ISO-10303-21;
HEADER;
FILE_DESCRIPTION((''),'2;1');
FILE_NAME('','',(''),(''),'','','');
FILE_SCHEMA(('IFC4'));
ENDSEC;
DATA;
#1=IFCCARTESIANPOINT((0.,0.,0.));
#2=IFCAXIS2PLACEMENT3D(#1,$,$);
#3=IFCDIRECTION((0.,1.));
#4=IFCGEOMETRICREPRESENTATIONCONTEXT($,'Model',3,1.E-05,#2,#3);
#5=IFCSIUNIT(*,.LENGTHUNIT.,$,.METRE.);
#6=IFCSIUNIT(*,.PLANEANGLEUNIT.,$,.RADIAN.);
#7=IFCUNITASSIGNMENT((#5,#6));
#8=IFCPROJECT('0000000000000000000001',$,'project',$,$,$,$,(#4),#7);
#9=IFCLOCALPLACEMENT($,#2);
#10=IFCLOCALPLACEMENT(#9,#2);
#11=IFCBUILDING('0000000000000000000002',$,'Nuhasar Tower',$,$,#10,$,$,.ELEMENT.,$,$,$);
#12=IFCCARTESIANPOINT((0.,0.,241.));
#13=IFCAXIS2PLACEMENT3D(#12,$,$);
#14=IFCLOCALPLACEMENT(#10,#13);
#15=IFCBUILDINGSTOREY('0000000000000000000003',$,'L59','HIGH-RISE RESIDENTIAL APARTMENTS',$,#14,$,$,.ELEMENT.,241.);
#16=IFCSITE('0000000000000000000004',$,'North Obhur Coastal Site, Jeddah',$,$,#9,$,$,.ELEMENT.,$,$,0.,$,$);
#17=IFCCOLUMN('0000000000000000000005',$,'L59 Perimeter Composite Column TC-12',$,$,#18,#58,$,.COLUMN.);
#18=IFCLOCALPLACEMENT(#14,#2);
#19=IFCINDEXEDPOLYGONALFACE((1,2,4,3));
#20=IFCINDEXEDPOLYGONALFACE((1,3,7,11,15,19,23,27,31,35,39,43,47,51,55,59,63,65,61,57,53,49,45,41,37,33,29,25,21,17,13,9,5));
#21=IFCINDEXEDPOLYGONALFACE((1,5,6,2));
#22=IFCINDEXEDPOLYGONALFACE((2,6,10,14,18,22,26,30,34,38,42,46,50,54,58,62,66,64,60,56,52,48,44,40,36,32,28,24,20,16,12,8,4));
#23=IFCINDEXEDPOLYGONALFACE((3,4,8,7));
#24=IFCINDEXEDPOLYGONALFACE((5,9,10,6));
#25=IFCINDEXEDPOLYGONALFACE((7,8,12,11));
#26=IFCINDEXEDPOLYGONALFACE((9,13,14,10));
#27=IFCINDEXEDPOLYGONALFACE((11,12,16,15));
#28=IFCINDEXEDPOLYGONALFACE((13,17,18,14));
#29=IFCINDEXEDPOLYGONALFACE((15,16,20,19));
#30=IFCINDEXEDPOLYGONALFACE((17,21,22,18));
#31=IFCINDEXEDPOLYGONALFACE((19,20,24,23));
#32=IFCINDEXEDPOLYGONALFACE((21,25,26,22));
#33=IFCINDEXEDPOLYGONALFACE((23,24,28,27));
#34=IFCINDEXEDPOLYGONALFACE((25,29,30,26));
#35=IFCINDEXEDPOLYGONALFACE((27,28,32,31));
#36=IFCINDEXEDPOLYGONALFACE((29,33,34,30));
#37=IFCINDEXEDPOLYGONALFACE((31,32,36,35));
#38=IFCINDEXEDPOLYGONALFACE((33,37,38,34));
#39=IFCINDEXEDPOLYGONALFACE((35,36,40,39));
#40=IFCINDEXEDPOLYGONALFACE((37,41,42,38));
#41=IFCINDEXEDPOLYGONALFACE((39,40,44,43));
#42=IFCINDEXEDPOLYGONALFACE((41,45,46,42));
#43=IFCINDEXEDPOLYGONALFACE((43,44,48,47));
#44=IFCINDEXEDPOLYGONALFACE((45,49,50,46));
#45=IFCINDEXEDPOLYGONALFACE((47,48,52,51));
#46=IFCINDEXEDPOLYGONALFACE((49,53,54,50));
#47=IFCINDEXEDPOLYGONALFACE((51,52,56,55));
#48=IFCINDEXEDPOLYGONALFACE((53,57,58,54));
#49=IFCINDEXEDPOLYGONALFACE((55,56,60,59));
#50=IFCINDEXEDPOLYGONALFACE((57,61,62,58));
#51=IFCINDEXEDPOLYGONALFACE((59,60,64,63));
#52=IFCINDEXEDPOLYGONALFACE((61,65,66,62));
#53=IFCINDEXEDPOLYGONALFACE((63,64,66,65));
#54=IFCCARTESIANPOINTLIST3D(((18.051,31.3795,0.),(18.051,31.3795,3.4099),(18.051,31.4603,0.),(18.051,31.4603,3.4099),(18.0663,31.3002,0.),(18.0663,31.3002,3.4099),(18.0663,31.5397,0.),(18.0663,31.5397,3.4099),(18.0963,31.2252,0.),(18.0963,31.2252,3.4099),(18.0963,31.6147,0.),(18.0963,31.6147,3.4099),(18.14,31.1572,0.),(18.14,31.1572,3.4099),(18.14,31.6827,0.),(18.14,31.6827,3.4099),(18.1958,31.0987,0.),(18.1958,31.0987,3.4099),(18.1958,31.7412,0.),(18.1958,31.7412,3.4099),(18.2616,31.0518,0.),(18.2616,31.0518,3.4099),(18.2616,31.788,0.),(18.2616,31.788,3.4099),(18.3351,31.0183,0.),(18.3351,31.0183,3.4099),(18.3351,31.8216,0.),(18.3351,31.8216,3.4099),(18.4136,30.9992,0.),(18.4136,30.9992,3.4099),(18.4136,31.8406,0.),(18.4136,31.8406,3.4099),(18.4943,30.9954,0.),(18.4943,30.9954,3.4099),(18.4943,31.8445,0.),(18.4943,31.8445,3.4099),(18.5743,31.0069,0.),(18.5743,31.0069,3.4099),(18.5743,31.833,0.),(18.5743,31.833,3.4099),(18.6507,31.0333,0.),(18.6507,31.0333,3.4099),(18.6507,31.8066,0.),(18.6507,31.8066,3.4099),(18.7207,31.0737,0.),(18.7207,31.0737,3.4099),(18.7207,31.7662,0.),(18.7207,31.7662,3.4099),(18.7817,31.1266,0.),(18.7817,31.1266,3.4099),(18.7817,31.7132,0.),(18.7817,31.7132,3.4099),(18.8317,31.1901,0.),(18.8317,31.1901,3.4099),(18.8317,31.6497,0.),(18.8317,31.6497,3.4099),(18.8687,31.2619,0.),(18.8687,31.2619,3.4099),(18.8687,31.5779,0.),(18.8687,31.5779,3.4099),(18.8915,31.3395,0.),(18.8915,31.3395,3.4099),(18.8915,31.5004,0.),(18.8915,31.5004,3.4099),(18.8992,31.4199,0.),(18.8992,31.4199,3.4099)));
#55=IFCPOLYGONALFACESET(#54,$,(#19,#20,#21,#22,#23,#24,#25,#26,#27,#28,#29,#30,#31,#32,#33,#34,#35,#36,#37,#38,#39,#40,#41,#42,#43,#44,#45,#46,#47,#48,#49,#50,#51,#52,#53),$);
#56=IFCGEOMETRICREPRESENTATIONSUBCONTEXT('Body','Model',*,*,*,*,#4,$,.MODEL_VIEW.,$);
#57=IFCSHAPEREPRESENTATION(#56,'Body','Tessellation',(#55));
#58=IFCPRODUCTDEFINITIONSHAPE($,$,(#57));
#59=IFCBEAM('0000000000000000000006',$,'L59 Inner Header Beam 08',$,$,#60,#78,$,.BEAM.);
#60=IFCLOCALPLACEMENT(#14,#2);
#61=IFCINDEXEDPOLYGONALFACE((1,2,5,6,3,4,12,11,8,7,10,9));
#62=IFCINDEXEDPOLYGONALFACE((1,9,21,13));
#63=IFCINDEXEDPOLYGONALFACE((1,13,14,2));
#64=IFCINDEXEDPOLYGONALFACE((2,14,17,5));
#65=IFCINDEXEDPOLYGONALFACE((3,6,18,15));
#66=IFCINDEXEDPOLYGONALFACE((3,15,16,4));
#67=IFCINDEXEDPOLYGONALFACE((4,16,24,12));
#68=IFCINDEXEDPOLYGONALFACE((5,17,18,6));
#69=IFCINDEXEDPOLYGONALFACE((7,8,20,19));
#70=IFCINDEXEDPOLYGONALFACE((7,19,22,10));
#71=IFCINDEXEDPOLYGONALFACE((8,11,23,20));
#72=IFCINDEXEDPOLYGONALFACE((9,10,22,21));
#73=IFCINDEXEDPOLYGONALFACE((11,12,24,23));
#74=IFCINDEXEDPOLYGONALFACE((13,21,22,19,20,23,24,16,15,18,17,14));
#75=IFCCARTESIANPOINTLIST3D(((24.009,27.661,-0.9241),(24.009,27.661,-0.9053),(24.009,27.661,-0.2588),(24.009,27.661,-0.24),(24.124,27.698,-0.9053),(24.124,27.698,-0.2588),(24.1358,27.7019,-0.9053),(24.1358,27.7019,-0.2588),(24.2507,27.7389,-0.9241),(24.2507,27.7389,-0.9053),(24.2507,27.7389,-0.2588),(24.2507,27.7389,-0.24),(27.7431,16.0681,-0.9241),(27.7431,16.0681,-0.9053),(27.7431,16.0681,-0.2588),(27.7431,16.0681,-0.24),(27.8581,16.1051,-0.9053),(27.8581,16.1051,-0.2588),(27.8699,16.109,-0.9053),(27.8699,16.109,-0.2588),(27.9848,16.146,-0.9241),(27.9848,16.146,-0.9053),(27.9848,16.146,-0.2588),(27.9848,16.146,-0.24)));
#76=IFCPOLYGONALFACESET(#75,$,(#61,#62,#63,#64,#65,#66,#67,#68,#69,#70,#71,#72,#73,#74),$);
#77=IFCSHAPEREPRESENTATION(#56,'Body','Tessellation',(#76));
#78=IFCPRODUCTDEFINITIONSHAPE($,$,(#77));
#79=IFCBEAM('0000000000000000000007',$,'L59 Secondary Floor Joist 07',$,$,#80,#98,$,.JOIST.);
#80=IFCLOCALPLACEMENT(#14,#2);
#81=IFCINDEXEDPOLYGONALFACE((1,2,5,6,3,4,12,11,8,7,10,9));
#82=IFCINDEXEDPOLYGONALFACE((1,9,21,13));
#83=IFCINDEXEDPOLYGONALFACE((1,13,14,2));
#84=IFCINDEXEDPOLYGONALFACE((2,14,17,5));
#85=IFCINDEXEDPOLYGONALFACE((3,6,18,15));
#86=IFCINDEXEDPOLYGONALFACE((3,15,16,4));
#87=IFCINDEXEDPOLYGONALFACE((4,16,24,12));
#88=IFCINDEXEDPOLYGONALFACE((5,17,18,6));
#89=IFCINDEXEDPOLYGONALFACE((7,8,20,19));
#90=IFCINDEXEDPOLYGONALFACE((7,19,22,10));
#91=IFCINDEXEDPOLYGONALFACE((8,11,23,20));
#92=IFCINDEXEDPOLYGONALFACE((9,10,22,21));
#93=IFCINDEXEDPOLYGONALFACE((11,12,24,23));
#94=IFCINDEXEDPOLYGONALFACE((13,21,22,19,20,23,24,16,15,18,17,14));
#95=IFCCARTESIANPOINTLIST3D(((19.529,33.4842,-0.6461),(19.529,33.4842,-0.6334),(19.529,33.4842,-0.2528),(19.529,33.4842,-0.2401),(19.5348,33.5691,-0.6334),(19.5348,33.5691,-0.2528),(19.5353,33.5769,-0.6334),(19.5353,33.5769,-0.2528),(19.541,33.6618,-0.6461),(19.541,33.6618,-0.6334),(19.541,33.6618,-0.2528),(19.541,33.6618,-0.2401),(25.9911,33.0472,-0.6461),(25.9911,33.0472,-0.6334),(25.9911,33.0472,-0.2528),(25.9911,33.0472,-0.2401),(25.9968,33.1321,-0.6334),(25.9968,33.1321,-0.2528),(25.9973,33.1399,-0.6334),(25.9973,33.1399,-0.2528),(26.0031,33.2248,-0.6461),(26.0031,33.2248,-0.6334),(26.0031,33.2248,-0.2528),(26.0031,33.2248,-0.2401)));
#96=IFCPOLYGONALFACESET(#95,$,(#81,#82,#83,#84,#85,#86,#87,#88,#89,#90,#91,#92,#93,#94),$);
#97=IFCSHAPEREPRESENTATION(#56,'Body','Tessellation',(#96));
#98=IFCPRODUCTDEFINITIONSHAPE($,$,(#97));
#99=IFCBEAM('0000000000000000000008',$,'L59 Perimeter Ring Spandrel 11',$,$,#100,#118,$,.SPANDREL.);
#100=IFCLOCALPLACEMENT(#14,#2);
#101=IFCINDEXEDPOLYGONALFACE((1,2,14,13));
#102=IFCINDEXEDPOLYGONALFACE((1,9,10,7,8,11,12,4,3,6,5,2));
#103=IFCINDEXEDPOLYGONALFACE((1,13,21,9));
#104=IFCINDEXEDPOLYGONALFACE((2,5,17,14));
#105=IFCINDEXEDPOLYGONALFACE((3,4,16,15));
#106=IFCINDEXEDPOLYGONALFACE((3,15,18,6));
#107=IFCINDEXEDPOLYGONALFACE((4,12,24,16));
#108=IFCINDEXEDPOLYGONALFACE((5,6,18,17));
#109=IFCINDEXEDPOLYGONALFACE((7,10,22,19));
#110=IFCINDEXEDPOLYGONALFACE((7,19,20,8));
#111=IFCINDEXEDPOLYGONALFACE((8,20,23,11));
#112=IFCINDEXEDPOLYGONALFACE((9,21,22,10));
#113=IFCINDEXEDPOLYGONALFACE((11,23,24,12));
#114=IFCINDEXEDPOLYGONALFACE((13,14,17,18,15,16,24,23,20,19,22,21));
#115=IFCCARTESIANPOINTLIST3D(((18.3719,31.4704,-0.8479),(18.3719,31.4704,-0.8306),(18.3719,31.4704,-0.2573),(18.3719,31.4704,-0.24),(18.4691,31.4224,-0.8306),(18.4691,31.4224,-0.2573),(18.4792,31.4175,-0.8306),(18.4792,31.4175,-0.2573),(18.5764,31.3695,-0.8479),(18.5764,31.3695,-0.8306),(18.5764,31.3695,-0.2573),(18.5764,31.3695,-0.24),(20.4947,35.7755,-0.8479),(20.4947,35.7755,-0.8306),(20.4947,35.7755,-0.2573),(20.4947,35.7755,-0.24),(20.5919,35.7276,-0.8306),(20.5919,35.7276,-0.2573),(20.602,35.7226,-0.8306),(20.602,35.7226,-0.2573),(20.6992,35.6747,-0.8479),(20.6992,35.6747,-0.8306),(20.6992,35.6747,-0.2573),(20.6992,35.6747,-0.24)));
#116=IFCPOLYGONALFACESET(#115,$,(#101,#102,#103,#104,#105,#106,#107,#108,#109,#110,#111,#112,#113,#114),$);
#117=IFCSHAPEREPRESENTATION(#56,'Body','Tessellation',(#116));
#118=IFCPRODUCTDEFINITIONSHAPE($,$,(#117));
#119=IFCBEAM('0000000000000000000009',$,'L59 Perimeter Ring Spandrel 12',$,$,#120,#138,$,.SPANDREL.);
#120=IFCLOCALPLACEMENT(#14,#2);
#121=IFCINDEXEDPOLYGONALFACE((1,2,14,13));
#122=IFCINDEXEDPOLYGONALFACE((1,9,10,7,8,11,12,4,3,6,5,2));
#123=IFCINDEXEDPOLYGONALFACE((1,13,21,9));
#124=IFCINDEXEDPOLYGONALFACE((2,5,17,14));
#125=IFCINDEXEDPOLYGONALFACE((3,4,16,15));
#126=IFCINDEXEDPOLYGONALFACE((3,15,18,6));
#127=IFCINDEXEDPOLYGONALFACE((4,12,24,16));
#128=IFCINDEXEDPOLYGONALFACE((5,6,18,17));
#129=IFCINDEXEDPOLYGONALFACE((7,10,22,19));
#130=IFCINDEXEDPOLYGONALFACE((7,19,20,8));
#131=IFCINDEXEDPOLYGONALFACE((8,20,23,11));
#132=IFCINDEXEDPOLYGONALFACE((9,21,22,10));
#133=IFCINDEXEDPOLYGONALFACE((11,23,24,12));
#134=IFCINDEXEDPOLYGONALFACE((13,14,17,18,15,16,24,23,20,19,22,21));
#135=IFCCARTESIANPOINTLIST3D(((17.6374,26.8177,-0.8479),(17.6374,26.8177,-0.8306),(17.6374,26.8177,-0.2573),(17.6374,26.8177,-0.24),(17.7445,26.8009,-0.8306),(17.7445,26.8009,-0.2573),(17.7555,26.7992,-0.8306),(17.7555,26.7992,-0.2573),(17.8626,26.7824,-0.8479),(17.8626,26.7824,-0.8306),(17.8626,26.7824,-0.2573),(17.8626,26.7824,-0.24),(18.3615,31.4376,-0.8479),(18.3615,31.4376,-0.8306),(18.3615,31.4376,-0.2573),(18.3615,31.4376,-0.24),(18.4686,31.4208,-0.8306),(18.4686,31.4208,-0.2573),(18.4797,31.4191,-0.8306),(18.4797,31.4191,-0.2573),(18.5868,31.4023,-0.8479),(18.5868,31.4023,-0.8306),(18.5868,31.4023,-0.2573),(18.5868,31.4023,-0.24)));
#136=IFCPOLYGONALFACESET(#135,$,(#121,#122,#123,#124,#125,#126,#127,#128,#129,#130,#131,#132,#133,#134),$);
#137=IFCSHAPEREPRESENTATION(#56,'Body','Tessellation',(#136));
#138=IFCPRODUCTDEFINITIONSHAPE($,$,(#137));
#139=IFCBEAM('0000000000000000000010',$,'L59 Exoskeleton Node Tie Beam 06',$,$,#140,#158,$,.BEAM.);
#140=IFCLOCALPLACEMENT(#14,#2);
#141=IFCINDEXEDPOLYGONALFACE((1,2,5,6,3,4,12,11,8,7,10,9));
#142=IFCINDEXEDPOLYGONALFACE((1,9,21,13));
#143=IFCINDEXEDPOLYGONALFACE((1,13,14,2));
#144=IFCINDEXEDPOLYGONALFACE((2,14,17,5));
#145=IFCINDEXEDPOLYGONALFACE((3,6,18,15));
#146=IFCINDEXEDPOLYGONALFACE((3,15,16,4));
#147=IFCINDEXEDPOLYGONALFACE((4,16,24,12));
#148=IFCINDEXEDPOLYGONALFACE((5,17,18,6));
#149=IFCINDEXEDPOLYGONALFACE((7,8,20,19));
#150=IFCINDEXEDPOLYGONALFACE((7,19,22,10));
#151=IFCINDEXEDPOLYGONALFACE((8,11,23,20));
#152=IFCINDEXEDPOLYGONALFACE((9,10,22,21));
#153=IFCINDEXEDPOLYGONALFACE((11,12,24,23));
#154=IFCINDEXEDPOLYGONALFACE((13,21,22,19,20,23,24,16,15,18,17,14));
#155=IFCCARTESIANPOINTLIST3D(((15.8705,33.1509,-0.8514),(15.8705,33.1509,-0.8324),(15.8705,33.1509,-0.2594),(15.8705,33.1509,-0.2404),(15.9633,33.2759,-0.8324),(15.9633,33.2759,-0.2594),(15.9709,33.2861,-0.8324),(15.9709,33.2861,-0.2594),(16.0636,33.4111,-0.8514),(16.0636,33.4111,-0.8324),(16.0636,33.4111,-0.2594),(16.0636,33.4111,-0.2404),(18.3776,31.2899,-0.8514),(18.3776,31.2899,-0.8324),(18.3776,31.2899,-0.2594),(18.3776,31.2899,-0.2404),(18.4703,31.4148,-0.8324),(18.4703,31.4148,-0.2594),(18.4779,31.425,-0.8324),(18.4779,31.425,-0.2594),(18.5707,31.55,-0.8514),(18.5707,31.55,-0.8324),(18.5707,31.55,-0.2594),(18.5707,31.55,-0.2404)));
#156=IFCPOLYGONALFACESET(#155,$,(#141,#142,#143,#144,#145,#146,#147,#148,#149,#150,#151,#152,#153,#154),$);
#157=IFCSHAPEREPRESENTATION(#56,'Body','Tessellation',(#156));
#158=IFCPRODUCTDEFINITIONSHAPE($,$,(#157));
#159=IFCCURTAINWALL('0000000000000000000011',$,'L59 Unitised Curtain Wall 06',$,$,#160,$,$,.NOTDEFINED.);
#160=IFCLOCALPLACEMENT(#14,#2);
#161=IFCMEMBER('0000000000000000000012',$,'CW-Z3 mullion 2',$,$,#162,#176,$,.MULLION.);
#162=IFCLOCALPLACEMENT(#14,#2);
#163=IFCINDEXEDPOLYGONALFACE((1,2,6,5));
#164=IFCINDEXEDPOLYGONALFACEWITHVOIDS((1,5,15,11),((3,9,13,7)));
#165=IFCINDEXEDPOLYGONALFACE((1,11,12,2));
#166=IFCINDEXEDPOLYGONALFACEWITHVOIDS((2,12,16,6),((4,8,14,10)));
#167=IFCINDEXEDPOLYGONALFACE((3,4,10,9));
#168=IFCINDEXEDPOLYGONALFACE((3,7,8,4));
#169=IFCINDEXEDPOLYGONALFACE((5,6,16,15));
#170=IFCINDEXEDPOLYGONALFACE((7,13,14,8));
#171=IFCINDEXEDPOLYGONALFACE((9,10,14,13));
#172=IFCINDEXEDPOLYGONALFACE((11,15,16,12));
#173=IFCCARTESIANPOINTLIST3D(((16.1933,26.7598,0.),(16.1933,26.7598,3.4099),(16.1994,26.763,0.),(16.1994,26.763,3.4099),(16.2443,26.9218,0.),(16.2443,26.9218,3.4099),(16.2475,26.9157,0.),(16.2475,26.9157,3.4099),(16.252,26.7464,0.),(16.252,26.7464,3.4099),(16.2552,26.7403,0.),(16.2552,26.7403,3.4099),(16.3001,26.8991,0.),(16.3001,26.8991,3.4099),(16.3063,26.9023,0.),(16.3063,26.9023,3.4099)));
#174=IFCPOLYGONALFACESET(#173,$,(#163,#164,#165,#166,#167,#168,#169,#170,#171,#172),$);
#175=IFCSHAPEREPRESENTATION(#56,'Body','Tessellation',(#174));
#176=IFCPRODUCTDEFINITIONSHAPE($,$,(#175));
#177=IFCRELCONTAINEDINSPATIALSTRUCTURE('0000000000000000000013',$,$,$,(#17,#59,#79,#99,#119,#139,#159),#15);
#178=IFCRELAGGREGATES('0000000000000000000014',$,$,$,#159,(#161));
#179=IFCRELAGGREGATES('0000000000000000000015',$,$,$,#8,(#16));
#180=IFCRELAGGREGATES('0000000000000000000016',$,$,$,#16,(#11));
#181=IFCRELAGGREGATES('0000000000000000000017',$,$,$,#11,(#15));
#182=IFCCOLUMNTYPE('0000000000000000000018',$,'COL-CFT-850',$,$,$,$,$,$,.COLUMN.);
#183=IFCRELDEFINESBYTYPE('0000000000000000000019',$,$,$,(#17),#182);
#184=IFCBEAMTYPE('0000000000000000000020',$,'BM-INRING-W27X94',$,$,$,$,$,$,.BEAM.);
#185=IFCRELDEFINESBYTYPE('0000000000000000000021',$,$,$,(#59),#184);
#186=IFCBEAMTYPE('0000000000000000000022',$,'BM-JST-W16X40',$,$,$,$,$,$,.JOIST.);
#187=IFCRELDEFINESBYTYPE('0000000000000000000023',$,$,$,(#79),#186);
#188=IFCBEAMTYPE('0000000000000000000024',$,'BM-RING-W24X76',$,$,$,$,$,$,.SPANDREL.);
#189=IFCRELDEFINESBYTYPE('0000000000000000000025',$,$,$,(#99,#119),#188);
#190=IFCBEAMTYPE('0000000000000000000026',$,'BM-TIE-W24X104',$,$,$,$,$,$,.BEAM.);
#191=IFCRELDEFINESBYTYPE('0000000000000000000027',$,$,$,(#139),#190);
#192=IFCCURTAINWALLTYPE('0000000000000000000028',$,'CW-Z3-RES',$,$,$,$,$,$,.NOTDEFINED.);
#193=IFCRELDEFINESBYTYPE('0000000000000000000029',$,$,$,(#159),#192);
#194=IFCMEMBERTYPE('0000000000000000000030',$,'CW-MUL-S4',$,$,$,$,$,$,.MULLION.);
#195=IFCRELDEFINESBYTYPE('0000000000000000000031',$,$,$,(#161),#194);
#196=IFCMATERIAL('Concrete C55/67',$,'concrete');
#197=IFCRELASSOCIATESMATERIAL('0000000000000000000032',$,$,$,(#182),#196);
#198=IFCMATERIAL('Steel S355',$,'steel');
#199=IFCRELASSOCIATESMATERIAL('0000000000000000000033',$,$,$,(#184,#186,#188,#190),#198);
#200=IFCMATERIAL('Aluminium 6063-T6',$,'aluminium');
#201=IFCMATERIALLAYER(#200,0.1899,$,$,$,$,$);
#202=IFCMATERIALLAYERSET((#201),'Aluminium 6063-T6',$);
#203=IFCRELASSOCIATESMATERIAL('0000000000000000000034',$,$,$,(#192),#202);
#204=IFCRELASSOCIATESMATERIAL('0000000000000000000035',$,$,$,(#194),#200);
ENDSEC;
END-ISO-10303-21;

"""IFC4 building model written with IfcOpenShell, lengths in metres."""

from ifc_helpers import new_model, si_unit, direction, frame, origin, origin_2d, place, context, subcontext, project, spatial, hollow_rectangle, circle, i_section, extrude, material, layer, layer_set, material_profile, profile_set, type_object, element, aggregate, save


model = new_model("IFC4")

# Units and contexts
model_context = context("Model", 3, precision=1e-05, world=origin(), true_north=direction((0.0, 1.0)))
body_context = subcontext(model_context, "Body", "Model", "MODEL_VIEW")
ifc_project = project(units=[si_unit("LENGTHUNIT", "METRE"), si_unit("PLANEANGLEUNIT", "RADIAN")], contexts=[model_context])

# Site, building, storey
site_placement = place(None, origin())
site = spatial("IfcSite", under=ifc_project, at=site_placement, Name="North Obhur Coastal Site, Jeddah", CompositionType="ELEMENT", RefElevation=0.0)
building_placement = place(site_placement, origin())
building = spatial("IfcBuilding", under=site, at=building_placement, Name="Nuhasar Tower", CompositionType="ELEMENT")
storey_placement = place(building_placement, frame((0.0, 0.0, 241.0)))
storey = spatial("IfcBuildingStorey", under=building, at=storey_placement, Name="L59", Description="HIGH-RISE RESIDENTIAL APARTMENTS", CompositionType="ELEMENT", Elevation=241.0)

# Column
ifc_material_1 = material(Name="Concrete C55/67", Category="concrete")
ifc_material_profile_1 = material_profile(ifc_material_1, circle(Radius=0.425, at=origin_2d()), Name="CFT850")
ifc_profile_set_1 = profile_set([ifc_material_profile_1], Name="Concrete C55/67")
column_type = type_object("IfcColumnType", Name="COL-CFT-850", PredefinedType="COLUMN", material=ifc_profile_set_1)
column_placement = place(storey_placement, frame((18.4741, 31.4199, 0.0), z_axis=(0.0, 0.0, 1.0), x_axis=(1.0, 0.0, 0.0)))
element("IfcColumn", 1, at=column_placement, inside=storey, type_object=column_type, Name="L59 Perimeter Composite Column TC-12", PredefinedType="COLUMN", context=body_context, shape_type="SweptSolid", body=[
    extrude(circle(Radius=0.425, at=origin_2d()), origin(), (0.0, 0.0, 1.0), 3.4099),
])

# Beams
ifc_material_2 = material(Name="Steel S355", Category="steel")
ifc_material_profile_2 = material_profile(ifc_material_2, i_section(OverallWidth=0.2539, OverallDepth=0.6841, WebThickness=0.0125, FlangeThickness=0.0188, at=origin_2d()), Name="W27X94")
ifc_profile_set_2 = profile_set([ifc_material_profile_2], Name="Steel S355")
beam_type_1 = type_object("IfcBeamType", Name="BM-INRING-W27X94", PredefinedType="BEAM", material=ifc_profile_set_2)
beam_1_placement = place(storey_placement, frame((24.1299, 27.7, -0.582), z_axis=(0.30659, -0.951842, 0.0), x_axis=(0.951842, 0.30659, 0.0)))
element("IfcBeam", 2, at=beam_1_placement, inside=storey, type_object=beam_type_1, Name="L59 Inner Header Beam 08", PredefinedType="BEAM", context=body_context, shape_type="SweptSolid", body=[
    extrude(i_section(OverallWidth=0.2539, OverallDepth=0.6841, WebThickness=0.0125, FlangeThickness=0.0188, at=origin_2d()), origin(), (0.0, 0.0, 1.0), 12.1794),
])
ifc_material_profile_3 = material_profile(ifc_material_2, i_section(OverallWidth=0.178, OverallDepth=0.406, WebThickness=0.0078, FlangeThickness=0.0127, at=origin_2d()), Name="W16X40")
ifc_profile_set_3 = profile_set([ifc_material_profile_3], Name="Steel S355")
beam_type_2 = type_object("IfcBeamType", Name="BM-JST-W16X40", PredefinedType="JOIST", material=ifc_profile_set_3)
beam_2_placement = place(storey_placement, frame((25.9971, 33.136, -0.4431), z_axis=(-0.997721, 0.067472, 0.0), x_axis=(-0.067472, -0.997721, 0.0)))
element("IfcBeam", 3, at=beam_2_placement, inside=storey, type_object=beam_type_2, Name="L59 Secondary Floor Joist 07", PredefinedType="JOIST", context=body_context, shape_type="SweptSolid", body=[
    extrude(i_section(OverallWidth=0.178, OverallDepth=0.406, WebThickness=0.0078, FlangeThickness=0.0127, at=origin_2d()), origin(), (0.0, 0.0, 1.0), 6.4768),
])
ifc_material_profile_4 = material_profile(ifc_material_2, i_section(OverallWidth=0.228, OverallDepth=0.6079, WebThickness=0.0112, FlangeThickness=0.0173, at=origin_2d()), Name="W24X76")
ifc_profile_set_4 = profile_set([ifc_material_profile_4], Name="Steel S355")
beam_type_3 = type_object("IfcBeamType", Name="BM-RING-W24X76", PredefinedType="SPANDREL", material=ifc_profile_set_4)
beam_3_placement = place(storey_placement, frame((20.5969, 35.7251, -0.5439), z_axis=(-0.442243, -0.896895, 0.0), x_axis=(0.896895, -0.442243, 0.0)))
element("IfcBeam", 4, at=beam_3_placement, inside=storey, type_object=beam_type_3, Name="L59 Perimeter Ring Spandrel 11", PredefinedType="SPANDREL", context=body_context, shape_type="SweptSolid", body=[
    extrude(i_section(OverallWidth=0.228, OverallDepth=0.6079, WebThickness=0.0112, FlangeThickness=0.0173, at=origin_2d()), origin(), (0.0, 0.0, 1.0), 4.8),
])
beam_4_placement = place(storey_placement, frame((18.4741, 31.4199, -0.5439), z_axis=(-0.15485, -0.987938, 0.0), x_axis=(0.987938, -0.15485, 0.0)))
element("IfcBeam", 5, at=beam_4_placement, inside=storey, type_object=beam_type_3, Name="L59 Perimeter Ring Spandrel 12", PredefinedType="SPANDREL", context=body_context, shape_type="SweptSolid", body=[
    extrude(i_section(OverallWidth=0.228, OverallDepth=0.6079, WebThickness=0.0112, FlangeThickness=0.0173, at=origin_2d()), origin(), (0.0, 0.0, 1.0), 4.6763),
])
ifc_material_profile_5 = material_profile(ifc_material_2, i_section(OverallWidth=0.324, OverallDepth=0.6111, WebThickness=0.0127, FlangeThickness=0.019, at=origin_2d()), Name="W24X104")
ifc_profile_set_5 = profile_set([ifc_material_profile_5], Name="Steel S355")
beam_type_4 = type_object("IfcBeamType", Name="BM-TIE-W24X104", PredefinedType="BEAM", material=ifc_profile_set_5)
beam_5_placement = place(storey_placement, frame((18.4741, 31.4199, -0.5459), z_axis=(-0.802946, 0.596052, 0.0), x_axis=(-0.596052, -0.802946, 0.0)))
element("IfcBeam", 6, at=beam_5_placement, inside=storey, type_object=beam_type_4, Name="L59 Exoskeleton Node Tie Beam 06", PredefinedType="BEAM", context=body_context, shape_type="SweptSolid", body=[
    extrude(i_section(OverallWidth=0.324, OverallDepth=0.6111, WebThickness=0.0127, FlangeThickness=0.019, at=origin_2d()), origin(), (0.0, 0.0, 1.0), 3.1223),
])

# Curtain wall, member
ifc_material_3 = material(Name="Aluminium 6063-T6", Category="aluminium")
ifc_layer_1 = layer(ifc_material_3, 0.1899)
ifc_layer_set_1 = layer_set([ifc_layer_1], Name="Aluminium 6063-T6")
curtain_wall_type = type_object("IfcCurtainWallType", Name="CW-Z3-RES", PredefinedType="NOTDEFINED", material=ifc_layer_set_1)
curtain_wall_placement = place(storey_placement, origin())
curtain_wall = element("IfcCurtainWall", 7, at=curtain_wall_placement, inside=storey, type_object=curtain_wall_type, Name="L59 Unitised Curtain Wall 06", PredefinedType="NOTDEFINED")
ifc_material_profile_6 = material_profile(ifc_material_3, hollow_rectangle(XDim=0.0649, YDim=0.1699, WallThickness=0.0049, at=origin_2d()), Name="CWM-4")
ifc_profile_set_6 = profile_set([ifc_material_profile_6], Name="Aluminium 6063-T6")
member_type_1 = type_object("IfcMemberType", Name="CW-MUL-S4", PredefinedType="MULLION", material=ifc_profile_set_6)
member_placement = place(storey_placement, frame((16.2498, 26.8311, 0.0), z_axis=(0.0, 0.0, 1.0), x_axis=(0.953804, -0.300429, 0.0)))
member = element("IfcMember", 8, at=member_placement, type_object=member_type_1, Name="CW-Z3 mullion 2", PredefinedType="MULLION", context=body_context, shape_type="SweptSolid", body=[
    extrude(hollow_rectangle(XDim=0.0649, YDim=0.1699, WallThickness=0.0049, at=origin_2d()), origin(), (0.0, 0.0, 1.0), 3.4099),
])

aggregate(curtain_wall, [member])

save(model, "model.ifc")
